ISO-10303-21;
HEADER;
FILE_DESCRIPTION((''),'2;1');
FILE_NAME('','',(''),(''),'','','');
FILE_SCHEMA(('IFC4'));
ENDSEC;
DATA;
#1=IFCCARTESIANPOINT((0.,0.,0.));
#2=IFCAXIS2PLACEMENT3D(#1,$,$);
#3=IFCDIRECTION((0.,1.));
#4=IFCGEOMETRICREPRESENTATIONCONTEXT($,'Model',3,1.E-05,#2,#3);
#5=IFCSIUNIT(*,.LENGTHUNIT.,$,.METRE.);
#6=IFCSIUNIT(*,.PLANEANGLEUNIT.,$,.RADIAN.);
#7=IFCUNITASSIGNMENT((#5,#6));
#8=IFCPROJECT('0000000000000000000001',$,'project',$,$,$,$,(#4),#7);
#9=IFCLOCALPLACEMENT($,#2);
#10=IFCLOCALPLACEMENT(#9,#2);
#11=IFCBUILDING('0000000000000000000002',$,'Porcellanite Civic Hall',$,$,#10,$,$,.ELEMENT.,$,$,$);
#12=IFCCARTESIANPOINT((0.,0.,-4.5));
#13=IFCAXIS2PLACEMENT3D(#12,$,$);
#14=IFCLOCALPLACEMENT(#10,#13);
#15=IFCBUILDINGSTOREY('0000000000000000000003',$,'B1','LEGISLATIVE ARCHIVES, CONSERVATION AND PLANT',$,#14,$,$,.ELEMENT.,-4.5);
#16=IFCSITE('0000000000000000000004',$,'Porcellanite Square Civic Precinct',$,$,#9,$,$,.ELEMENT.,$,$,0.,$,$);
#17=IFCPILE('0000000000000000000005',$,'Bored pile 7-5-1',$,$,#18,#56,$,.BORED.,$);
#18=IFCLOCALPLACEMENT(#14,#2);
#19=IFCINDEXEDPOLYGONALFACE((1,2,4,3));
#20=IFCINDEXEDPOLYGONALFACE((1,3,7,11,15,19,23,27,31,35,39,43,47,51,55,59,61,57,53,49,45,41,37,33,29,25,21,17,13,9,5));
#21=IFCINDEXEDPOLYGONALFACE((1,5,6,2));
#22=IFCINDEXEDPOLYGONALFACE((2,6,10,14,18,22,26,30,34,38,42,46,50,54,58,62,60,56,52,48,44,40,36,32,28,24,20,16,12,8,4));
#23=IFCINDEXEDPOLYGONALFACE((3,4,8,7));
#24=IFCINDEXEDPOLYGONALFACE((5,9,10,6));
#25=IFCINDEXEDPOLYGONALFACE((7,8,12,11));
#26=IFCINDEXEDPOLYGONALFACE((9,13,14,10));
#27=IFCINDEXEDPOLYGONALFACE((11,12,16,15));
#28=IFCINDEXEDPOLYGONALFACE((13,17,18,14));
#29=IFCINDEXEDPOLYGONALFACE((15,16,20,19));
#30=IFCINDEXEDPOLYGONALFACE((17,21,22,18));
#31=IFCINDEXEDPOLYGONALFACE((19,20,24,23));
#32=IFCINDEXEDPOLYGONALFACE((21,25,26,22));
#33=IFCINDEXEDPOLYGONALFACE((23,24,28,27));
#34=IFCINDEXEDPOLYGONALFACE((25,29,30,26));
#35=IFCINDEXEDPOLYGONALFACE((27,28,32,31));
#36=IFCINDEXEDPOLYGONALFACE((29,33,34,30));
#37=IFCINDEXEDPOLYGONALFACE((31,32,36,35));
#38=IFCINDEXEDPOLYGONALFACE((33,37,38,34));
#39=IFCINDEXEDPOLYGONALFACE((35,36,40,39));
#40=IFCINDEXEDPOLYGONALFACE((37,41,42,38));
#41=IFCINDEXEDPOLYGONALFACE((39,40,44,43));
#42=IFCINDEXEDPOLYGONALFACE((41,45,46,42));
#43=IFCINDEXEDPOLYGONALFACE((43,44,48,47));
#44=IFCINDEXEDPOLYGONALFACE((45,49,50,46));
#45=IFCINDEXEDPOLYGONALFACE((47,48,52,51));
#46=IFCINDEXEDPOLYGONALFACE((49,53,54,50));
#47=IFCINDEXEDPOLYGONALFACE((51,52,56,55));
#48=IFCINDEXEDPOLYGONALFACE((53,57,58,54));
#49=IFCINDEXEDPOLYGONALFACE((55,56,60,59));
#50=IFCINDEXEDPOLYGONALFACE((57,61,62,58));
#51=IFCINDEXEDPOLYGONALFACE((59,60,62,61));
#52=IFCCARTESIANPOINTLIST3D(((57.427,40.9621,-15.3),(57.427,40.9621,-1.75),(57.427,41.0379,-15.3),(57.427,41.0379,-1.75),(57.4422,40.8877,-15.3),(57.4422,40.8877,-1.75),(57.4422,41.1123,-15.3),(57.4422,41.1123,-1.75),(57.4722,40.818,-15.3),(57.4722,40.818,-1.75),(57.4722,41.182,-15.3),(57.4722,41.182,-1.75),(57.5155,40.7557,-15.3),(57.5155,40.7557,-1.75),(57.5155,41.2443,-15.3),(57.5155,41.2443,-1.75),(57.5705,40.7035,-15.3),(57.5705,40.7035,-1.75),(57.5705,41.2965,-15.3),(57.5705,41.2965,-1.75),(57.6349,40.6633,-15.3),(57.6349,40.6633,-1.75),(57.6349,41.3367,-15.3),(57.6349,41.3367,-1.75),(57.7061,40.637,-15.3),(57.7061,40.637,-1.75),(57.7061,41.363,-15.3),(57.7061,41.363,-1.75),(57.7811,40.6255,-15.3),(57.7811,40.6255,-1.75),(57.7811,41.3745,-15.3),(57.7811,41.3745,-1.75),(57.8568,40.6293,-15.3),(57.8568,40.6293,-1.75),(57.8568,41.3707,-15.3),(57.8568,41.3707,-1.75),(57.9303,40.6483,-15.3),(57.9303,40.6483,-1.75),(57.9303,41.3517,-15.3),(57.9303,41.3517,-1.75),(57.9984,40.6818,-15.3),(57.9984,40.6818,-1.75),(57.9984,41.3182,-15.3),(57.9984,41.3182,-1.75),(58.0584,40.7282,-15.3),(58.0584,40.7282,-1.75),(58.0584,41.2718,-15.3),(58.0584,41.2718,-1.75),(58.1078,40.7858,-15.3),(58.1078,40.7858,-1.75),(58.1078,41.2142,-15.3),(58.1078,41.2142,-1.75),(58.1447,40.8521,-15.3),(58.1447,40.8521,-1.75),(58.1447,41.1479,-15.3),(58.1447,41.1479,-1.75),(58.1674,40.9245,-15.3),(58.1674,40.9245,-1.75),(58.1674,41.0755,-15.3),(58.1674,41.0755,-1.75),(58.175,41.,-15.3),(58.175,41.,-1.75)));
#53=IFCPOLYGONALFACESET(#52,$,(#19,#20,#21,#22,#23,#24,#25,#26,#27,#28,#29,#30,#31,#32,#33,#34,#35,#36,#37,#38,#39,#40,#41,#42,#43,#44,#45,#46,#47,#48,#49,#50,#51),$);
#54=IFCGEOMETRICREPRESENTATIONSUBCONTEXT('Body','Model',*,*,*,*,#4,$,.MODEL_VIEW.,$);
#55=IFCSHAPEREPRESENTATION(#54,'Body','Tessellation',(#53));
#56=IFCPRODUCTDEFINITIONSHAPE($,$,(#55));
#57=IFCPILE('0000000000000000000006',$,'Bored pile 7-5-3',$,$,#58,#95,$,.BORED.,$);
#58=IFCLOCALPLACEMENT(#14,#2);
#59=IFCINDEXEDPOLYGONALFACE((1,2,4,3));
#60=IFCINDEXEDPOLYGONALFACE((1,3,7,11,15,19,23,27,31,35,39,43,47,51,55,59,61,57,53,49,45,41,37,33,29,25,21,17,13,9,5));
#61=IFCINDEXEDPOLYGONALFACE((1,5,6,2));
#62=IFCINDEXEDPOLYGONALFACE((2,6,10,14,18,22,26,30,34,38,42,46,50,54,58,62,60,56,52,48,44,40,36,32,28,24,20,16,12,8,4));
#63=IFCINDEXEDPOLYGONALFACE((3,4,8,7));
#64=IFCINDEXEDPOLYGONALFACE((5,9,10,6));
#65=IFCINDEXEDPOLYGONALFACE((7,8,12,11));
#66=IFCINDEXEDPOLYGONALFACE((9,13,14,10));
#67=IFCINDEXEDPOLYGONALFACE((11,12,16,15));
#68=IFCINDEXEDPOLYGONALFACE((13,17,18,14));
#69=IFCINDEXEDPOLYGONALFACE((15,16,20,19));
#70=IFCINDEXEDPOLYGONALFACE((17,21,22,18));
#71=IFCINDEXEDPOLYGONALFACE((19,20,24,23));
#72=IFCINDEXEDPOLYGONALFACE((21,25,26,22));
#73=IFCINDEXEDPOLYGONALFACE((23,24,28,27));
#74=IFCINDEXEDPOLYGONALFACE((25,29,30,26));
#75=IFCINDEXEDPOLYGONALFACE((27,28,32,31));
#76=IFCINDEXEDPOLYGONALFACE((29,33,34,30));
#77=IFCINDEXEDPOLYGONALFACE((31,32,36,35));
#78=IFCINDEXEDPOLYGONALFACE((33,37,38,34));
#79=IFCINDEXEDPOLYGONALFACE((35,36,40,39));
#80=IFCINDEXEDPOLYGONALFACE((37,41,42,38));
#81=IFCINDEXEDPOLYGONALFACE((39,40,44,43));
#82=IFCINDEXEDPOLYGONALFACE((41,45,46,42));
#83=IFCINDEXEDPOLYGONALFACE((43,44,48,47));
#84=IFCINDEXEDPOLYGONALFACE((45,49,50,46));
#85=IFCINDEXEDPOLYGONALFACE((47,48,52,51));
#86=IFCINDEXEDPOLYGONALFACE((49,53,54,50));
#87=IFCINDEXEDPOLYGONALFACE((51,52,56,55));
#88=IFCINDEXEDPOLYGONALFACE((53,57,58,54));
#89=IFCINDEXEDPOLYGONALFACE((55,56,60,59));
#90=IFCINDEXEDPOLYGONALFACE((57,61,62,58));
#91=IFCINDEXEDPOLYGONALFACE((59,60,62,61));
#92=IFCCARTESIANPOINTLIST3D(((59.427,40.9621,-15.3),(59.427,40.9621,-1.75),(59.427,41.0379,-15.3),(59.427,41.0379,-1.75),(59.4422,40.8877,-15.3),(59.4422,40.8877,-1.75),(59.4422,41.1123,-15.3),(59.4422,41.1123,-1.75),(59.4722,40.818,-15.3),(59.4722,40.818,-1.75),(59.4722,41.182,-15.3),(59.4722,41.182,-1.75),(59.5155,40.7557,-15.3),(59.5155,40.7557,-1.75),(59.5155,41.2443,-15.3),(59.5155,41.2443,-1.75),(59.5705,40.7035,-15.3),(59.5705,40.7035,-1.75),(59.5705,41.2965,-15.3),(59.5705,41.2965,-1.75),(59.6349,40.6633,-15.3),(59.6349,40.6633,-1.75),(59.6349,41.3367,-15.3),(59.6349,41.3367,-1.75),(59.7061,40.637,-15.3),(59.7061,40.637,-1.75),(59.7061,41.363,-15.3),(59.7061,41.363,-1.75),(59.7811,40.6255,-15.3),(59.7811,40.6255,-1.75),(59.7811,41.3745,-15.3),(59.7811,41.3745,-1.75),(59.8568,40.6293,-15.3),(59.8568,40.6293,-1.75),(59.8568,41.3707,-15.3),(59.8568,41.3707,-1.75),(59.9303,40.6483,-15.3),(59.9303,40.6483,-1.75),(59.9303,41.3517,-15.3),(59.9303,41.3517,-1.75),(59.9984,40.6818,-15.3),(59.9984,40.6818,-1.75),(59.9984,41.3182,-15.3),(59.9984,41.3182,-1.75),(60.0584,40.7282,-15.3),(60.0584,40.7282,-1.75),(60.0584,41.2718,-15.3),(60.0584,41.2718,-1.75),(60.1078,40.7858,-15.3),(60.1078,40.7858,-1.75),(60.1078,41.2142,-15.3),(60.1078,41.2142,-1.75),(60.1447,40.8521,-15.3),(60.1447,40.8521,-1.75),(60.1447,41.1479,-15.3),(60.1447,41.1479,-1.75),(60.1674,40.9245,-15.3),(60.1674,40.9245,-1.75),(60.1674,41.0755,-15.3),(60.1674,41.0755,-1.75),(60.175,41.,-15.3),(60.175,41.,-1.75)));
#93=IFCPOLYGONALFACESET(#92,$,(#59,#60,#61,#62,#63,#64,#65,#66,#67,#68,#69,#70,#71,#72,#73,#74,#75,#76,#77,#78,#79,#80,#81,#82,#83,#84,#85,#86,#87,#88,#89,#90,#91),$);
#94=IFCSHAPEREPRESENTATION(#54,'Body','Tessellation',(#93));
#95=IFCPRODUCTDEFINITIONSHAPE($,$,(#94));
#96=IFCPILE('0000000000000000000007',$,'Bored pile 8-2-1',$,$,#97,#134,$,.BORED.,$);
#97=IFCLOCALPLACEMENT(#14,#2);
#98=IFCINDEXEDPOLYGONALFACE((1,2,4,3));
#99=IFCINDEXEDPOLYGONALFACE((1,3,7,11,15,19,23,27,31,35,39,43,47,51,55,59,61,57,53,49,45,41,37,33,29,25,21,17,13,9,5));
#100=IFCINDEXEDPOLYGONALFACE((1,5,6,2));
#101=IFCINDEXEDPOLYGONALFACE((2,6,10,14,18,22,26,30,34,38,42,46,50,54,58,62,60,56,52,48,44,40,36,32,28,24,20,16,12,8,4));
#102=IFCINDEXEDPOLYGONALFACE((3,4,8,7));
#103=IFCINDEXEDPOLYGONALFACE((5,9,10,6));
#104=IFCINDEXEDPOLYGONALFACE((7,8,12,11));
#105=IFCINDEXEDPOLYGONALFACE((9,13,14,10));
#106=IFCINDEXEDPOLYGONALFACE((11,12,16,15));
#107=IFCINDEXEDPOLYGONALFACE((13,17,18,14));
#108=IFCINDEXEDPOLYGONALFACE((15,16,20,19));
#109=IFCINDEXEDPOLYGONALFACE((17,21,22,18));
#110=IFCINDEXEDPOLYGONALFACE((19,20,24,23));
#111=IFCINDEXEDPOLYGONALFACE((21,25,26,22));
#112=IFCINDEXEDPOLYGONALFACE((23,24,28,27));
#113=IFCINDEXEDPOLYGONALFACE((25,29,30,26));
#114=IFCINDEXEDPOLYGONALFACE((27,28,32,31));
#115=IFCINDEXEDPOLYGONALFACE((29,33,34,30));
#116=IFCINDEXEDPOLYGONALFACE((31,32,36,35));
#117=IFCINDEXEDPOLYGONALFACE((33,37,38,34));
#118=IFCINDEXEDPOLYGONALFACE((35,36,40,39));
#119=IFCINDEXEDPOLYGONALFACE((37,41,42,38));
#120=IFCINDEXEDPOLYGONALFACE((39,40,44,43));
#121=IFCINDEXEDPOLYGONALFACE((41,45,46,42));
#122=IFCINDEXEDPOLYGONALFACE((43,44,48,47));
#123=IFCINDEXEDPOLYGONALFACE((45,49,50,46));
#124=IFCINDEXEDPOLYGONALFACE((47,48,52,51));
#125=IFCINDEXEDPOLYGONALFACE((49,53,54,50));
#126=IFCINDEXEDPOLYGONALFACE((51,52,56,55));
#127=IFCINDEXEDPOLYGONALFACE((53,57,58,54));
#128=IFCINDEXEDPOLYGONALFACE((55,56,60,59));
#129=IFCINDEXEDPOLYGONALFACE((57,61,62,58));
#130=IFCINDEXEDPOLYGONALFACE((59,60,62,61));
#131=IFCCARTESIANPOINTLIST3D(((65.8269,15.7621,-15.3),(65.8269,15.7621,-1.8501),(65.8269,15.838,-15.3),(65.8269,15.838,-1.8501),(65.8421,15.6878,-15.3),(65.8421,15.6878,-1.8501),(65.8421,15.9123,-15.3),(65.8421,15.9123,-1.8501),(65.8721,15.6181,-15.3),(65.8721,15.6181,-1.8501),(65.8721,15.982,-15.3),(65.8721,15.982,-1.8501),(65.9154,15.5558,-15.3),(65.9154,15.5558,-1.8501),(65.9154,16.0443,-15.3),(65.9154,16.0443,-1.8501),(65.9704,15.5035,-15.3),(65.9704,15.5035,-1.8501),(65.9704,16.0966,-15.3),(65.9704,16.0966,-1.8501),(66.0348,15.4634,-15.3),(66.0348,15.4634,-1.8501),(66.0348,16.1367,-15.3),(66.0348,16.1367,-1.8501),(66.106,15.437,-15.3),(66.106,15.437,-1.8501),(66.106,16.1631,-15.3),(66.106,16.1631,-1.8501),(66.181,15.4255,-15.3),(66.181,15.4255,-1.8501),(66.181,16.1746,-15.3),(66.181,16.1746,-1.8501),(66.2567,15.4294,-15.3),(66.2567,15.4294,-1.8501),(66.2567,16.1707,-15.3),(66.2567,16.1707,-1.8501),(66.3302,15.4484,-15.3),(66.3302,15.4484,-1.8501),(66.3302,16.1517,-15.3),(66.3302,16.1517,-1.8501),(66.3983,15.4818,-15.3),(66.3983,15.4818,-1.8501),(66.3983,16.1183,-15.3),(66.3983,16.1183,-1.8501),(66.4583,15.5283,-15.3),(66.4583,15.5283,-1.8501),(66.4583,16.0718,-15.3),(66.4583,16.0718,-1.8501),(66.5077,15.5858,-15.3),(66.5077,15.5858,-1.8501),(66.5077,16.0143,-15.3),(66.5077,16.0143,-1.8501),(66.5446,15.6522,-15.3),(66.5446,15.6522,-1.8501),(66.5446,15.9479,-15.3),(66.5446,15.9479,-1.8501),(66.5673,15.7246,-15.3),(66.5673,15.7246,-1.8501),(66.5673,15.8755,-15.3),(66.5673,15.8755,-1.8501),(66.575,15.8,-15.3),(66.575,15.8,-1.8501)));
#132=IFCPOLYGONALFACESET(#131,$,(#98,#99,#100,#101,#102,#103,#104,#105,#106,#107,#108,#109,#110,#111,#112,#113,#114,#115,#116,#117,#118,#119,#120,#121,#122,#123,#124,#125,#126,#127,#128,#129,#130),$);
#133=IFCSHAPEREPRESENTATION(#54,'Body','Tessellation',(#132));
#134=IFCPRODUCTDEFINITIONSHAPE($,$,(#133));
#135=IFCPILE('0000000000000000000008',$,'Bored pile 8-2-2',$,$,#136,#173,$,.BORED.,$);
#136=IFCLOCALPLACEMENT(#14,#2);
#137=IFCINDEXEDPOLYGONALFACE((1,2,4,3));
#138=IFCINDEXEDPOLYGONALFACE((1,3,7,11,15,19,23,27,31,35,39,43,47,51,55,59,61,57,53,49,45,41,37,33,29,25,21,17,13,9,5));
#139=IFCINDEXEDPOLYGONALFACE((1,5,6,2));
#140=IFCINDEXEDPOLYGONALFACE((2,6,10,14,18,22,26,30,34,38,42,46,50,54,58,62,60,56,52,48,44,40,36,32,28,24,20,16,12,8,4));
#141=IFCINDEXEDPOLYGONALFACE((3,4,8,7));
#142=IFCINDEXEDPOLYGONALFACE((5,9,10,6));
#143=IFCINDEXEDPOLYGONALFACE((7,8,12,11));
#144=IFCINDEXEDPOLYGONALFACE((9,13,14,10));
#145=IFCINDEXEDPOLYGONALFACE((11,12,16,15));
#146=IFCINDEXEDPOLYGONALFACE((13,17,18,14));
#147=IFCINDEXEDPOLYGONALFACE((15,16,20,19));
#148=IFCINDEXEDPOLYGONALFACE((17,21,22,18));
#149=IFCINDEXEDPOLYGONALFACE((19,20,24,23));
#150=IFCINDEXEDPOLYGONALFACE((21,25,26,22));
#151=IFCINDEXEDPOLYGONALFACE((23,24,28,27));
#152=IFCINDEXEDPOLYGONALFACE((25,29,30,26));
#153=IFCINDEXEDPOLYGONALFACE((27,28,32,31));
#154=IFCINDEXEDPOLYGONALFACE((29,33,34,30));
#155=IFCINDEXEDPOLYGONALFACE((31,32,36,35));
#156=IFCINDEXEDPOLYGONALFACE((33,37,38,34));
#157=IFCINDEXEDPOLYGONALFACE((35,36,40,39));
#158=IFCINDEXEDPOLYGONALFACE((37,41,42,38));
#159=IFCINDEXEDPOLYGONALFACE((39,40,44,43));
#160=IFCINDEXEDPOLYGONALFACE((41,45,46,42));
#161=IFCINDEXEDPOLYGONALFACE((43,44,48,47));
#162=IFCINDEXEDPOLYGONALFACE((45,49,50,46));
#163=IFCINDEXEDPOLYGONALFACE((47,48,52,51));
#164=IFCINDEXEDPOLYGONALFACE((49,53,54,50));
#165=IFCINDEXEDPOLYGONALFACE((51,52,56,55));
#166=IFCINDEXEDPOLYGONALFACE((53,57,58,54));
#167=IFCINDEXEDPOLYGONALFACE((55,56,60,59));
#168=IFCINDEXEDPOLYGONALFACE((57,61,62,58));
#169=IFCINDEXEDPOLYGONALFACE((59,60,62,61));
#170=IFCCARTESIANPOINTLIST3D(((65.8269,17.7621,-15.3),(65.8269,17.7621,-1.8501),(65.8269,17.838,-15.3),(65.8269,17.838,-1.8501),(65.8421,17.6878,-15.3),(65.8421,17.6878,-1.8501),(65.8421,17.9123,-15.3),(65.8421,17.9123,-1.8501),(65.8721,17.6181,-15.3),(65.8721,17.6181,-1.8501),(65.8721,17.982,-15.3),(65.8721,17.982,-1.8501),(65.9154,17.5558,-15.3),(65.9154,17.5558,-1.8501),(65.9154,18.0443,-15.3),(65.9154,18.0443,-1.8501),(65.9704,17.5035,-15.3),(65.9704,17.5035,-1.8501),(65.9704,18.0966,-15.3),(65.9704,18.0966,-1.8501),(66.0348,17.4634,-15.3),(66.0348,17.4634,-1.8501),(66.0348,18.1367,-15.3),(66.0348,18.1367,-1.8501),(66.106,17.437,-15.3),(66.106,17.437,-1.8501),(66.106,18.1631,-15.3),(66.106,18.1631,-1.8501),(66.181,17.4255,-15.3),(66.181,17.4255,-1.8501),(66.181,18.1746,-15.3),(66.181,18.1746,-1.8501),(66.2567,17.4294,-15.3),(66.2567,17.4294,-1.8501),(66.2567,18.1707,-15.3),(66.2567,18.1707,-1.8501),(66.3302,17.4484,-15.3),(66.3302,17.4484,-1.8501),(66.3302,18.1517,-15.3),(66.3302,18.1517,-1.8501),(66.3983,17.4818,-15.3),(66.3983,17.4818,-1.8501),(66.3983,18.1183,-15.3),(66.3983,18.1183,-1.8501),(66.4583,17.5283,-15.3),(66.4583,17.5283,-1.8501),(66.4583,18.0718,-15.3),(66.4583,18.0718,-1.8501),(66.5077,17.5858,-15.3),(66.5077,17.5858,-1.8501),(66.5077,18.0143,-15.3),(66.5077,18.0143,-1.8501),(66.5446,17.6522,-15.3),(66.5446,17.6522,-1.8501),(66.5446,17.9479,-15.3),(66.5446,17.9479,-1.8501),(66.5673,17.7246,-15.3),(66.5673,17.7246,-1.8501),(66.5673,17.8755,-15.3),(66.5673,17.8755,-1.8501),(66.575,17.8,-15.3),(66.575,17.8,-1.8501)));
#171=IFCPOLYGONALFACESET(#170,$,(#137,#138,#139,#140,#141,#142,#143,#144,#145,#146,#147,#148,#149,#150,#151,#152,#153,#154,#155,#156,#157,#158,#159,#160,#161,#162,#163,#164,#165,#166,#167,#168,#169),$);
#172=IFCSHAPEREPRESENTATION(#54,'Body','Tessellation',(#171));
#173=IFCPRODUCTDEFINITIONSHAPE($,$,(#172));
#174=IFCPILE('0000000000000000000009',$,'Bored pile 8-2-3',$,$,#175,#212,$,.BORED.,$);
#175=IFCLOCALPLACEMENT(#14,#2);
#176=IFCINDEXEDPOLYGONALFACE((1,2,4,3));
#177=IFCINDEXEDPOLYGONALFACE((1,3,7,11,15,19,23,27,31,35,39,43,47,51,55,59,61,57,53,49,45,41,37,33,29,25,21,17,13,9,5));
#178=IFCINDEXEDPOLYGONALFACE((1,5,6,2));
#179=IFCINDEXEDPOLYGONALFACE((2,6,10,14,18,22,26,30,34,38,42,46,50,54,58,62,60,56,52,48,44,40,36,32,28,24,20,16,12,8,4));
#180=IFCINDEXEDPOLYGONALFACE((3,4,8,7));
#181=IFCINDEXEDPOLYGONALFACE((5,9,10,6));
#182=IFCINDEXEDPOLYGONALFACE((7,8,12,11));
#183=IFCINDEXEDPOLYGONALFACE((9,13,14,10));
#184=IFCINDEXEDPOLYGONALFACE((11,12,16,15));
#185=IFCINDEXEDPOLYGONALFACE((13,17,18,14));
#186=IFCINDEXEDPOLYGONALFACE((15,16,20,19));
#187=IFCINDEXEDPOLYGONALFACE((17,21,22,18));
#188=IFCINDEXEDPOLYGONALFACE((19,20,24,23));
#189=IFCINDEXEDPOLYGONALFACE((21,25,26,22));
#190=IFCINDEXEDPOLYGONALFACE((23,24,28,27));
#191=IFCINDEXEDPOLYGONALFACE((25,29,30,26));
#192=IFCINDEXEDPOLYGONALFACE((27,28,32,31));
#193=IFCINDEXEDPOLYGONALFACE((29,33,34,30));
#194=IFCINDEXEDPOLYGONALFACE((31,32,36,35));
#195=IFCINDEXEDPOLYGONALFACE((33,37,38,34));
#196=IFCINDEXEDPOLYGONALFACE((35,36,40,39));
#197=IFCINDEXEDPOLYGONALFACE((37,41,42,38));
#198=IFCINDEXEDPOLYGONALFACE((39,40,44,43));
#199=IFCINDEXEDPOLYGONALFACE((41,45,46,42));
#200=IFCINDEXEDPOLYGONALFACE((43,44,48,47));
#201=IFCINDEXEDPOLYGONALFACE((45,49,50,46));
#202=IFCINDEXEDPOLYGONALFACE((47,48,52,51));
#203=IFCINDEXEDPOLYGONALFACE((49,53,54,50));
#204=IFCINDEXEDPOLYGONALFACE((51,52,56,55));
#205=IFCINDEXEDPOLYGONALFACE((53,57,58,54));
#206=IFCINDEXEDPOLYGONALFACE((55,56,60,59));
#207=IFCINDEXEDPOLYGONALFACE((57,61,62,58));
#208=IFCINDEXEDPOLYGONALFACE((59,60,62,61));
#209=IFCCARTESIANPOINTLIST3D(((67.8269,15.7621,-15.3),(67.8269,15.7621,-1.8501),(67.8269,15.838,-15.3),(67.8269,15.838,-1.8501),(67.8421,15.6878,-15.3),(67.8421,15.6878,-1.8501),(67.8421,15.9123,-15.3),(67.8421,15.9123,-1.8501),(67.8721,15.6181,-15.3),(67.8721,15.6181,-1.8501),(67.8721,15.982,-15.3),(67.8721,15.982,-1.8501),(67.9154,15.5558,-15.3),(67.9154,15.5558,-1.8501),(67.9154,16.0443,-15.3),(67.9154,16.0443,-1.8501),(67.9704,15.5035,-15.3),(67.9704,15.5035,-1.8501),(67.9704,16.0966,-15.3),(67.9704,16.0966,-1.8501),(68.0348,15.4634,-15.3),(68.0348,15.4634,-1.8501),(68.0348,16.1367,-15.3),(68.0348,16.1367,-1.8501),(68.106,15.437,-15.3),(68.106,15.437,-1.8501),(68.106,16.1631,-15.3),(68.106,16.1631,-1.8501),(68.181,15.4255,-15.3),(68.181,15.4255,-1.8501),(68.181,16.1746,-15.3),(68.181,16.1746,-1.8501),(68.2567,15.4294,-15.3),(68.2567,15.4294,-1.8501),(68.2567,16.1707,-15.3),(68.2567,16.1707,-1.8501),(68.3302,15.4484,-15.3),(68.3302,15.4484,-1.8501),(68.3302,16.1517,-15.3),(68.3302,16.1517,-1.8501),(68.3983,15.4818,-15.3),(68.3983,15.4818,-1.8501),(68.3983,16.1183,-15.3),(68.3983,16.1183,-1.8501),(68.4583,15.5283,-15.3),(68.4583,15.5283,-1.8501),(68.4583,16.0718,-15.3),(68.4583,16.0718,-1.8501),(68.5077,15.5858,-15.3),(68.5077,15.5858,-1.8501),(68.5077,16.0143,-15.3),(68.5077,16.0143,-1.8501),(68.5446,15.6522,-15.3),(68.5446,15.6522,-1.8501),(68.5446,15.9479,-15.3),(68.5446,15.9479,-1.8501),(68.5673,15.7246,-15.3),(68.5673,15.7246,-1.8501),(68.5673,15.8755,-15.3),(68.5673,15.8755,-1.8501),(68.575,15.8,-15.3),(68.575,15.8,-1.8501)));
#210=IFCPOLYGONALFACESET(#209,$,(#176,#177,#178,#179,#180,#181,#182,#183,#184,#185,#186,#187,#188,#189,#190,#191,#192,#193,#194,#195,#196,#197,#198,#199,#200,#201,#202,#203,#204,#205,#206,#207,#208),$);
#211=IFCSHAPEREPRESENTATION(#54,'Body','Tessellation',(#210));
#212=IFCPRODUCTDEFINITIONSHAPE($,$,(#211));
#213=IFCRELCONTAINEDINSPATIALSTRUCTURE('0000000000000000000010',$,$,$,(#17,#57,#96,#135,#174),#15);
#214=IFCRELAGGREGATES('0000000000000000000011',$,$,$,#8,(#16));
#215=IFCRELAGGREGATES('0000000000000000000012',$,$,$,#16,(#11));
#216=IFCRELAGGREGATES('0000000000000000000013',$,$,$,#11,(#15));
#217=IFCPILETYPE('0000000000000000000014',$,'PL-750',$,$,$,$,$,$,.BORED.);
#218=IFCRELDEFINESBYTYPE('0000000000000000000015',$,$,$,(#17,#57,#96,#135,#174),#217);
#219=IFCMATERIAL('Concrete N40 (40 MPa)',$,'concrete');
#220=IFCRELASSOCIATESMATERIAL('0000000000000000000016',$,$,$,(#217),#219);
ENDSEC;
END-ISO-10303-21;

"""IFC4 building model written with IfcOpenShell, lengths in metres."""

from ifc_helpers import new_model, si_unit, direction, frame, origin, origin_2d, place, context, subcontext, project, spatial, circle, extrude, material, material_profile, profile_set, type_object, element, save


model = new_model("IFC4")

# Units and contexts
model_context = context("Model", 3, precision=1e-05, world=origin(), true_north=direction((0.0, 1.0)))
body_context = subcontext(model_context, "Body", "Model", "MODEL_VIEW")
ifc_project = project(units=[si_unit("LENGTHUNIT", "METRE"), si_unit("PLANEANGLEUNIT", "RADIAN")], contexts=[model_context])

# Site, building, storey
site_placement = place(None, origin())
site = spatial("IfcSite", under=ifc_project, at=site_placement, Name="Porcellanite Square Civic Precinct", CompositionType="ELEMENT", RefElevation=0.0)
building_placement = place(site_placement, origin())
building = spatial("IfcBuilding", under=site, at=building_placement, Name="Porcellanite Civic Hall", CompositionType="ELEMENT")
storey_placement = place(building_placement, frame((0.0, 0.0, -4.5)))
storey = spatial("IfcBuildingStorey", under=building, at=storey_placement, Name="B1", Description="LEGISLATIVE ARCHIVES, CONSERVATION AND PLANT", CompositionType="ELEMENT", Elevation=-4.5)

# Piles
ifc_material_1 = material(Name="Concrete N40 (40 MPa)", Category="concrete")
ifc_material_profile_1 = material_profile(ifc_material_1, circle(Radius=0.375, at=origin_2d()), Name="PILE-D750")
ifc_profile_set_1 = profile_set([ifc_material_profile_1], Name="Concrete N40 (40 MPa)")
pile_type_1 = type_object("IfcPileType", Name="PL-750", PredefinedType="BORED", material=ifc_profile_set_1)
for number, where, z_axis, x_axis, name in (
    (1, (57.8, 41.0, -1.75), (0.0, 0.0, -1.0), (1.0, 0.0, 0.0), "Bored pile 7-5-1"),
    (2, (59.8, 41.0, -1.75), (0.0, 0.0, -1.0), (1.0, 0.0, 0.0), "Bored pile 7-5-3"),
):
    element("IfcPile", number, at=place(storey_placement, frame(where, z_axis=z_axis, x_axis=x_axis)), inside=storey, type_object=pile_type_1, Name=name, PredefinedType="BORED", context=body_context, shape_type="SweptSolid", body=[
        extrude(circle(Radius=0.375, at=origin_2d()), origin(), (0.0, 0.0, 1.0), 13.55),
    ])
for number, where, z_axis, x_axis, name in (
    (3, (66.2, 15.8, -1.8501), (0.0, 0.0, -1.0), (1.0, 0.0, 0.0), "Bored pile 8-2-1"),
    (4, (66.2, 17.8, -1.8501), (0.0, 0.0, -1.0), (1.0, 0.0, 0.0), "Bored pile 8-2-2"),
    (5, (68.2, 15.8, -1.8501), (0.0, 0.0, -1.0), (1.0, 0.0, 0.0), "Bored pile 8-2-3"),
):
    element("IfcPile", number, at=place(storey_placement, frame(where, z_axis=z_axis, x_axis=x_axis)), inside=storey, type_object=pile_type_1, Name=name, PredefinedType="BORED", context=body_context, shape_type="SweptSolid", body=[
        extrude(circle(Radius=0.375, at=origin_2d()), origin(), (0.0, 0.0, 1.0), 13.45),
    ])

save(model, "model.ifc")
